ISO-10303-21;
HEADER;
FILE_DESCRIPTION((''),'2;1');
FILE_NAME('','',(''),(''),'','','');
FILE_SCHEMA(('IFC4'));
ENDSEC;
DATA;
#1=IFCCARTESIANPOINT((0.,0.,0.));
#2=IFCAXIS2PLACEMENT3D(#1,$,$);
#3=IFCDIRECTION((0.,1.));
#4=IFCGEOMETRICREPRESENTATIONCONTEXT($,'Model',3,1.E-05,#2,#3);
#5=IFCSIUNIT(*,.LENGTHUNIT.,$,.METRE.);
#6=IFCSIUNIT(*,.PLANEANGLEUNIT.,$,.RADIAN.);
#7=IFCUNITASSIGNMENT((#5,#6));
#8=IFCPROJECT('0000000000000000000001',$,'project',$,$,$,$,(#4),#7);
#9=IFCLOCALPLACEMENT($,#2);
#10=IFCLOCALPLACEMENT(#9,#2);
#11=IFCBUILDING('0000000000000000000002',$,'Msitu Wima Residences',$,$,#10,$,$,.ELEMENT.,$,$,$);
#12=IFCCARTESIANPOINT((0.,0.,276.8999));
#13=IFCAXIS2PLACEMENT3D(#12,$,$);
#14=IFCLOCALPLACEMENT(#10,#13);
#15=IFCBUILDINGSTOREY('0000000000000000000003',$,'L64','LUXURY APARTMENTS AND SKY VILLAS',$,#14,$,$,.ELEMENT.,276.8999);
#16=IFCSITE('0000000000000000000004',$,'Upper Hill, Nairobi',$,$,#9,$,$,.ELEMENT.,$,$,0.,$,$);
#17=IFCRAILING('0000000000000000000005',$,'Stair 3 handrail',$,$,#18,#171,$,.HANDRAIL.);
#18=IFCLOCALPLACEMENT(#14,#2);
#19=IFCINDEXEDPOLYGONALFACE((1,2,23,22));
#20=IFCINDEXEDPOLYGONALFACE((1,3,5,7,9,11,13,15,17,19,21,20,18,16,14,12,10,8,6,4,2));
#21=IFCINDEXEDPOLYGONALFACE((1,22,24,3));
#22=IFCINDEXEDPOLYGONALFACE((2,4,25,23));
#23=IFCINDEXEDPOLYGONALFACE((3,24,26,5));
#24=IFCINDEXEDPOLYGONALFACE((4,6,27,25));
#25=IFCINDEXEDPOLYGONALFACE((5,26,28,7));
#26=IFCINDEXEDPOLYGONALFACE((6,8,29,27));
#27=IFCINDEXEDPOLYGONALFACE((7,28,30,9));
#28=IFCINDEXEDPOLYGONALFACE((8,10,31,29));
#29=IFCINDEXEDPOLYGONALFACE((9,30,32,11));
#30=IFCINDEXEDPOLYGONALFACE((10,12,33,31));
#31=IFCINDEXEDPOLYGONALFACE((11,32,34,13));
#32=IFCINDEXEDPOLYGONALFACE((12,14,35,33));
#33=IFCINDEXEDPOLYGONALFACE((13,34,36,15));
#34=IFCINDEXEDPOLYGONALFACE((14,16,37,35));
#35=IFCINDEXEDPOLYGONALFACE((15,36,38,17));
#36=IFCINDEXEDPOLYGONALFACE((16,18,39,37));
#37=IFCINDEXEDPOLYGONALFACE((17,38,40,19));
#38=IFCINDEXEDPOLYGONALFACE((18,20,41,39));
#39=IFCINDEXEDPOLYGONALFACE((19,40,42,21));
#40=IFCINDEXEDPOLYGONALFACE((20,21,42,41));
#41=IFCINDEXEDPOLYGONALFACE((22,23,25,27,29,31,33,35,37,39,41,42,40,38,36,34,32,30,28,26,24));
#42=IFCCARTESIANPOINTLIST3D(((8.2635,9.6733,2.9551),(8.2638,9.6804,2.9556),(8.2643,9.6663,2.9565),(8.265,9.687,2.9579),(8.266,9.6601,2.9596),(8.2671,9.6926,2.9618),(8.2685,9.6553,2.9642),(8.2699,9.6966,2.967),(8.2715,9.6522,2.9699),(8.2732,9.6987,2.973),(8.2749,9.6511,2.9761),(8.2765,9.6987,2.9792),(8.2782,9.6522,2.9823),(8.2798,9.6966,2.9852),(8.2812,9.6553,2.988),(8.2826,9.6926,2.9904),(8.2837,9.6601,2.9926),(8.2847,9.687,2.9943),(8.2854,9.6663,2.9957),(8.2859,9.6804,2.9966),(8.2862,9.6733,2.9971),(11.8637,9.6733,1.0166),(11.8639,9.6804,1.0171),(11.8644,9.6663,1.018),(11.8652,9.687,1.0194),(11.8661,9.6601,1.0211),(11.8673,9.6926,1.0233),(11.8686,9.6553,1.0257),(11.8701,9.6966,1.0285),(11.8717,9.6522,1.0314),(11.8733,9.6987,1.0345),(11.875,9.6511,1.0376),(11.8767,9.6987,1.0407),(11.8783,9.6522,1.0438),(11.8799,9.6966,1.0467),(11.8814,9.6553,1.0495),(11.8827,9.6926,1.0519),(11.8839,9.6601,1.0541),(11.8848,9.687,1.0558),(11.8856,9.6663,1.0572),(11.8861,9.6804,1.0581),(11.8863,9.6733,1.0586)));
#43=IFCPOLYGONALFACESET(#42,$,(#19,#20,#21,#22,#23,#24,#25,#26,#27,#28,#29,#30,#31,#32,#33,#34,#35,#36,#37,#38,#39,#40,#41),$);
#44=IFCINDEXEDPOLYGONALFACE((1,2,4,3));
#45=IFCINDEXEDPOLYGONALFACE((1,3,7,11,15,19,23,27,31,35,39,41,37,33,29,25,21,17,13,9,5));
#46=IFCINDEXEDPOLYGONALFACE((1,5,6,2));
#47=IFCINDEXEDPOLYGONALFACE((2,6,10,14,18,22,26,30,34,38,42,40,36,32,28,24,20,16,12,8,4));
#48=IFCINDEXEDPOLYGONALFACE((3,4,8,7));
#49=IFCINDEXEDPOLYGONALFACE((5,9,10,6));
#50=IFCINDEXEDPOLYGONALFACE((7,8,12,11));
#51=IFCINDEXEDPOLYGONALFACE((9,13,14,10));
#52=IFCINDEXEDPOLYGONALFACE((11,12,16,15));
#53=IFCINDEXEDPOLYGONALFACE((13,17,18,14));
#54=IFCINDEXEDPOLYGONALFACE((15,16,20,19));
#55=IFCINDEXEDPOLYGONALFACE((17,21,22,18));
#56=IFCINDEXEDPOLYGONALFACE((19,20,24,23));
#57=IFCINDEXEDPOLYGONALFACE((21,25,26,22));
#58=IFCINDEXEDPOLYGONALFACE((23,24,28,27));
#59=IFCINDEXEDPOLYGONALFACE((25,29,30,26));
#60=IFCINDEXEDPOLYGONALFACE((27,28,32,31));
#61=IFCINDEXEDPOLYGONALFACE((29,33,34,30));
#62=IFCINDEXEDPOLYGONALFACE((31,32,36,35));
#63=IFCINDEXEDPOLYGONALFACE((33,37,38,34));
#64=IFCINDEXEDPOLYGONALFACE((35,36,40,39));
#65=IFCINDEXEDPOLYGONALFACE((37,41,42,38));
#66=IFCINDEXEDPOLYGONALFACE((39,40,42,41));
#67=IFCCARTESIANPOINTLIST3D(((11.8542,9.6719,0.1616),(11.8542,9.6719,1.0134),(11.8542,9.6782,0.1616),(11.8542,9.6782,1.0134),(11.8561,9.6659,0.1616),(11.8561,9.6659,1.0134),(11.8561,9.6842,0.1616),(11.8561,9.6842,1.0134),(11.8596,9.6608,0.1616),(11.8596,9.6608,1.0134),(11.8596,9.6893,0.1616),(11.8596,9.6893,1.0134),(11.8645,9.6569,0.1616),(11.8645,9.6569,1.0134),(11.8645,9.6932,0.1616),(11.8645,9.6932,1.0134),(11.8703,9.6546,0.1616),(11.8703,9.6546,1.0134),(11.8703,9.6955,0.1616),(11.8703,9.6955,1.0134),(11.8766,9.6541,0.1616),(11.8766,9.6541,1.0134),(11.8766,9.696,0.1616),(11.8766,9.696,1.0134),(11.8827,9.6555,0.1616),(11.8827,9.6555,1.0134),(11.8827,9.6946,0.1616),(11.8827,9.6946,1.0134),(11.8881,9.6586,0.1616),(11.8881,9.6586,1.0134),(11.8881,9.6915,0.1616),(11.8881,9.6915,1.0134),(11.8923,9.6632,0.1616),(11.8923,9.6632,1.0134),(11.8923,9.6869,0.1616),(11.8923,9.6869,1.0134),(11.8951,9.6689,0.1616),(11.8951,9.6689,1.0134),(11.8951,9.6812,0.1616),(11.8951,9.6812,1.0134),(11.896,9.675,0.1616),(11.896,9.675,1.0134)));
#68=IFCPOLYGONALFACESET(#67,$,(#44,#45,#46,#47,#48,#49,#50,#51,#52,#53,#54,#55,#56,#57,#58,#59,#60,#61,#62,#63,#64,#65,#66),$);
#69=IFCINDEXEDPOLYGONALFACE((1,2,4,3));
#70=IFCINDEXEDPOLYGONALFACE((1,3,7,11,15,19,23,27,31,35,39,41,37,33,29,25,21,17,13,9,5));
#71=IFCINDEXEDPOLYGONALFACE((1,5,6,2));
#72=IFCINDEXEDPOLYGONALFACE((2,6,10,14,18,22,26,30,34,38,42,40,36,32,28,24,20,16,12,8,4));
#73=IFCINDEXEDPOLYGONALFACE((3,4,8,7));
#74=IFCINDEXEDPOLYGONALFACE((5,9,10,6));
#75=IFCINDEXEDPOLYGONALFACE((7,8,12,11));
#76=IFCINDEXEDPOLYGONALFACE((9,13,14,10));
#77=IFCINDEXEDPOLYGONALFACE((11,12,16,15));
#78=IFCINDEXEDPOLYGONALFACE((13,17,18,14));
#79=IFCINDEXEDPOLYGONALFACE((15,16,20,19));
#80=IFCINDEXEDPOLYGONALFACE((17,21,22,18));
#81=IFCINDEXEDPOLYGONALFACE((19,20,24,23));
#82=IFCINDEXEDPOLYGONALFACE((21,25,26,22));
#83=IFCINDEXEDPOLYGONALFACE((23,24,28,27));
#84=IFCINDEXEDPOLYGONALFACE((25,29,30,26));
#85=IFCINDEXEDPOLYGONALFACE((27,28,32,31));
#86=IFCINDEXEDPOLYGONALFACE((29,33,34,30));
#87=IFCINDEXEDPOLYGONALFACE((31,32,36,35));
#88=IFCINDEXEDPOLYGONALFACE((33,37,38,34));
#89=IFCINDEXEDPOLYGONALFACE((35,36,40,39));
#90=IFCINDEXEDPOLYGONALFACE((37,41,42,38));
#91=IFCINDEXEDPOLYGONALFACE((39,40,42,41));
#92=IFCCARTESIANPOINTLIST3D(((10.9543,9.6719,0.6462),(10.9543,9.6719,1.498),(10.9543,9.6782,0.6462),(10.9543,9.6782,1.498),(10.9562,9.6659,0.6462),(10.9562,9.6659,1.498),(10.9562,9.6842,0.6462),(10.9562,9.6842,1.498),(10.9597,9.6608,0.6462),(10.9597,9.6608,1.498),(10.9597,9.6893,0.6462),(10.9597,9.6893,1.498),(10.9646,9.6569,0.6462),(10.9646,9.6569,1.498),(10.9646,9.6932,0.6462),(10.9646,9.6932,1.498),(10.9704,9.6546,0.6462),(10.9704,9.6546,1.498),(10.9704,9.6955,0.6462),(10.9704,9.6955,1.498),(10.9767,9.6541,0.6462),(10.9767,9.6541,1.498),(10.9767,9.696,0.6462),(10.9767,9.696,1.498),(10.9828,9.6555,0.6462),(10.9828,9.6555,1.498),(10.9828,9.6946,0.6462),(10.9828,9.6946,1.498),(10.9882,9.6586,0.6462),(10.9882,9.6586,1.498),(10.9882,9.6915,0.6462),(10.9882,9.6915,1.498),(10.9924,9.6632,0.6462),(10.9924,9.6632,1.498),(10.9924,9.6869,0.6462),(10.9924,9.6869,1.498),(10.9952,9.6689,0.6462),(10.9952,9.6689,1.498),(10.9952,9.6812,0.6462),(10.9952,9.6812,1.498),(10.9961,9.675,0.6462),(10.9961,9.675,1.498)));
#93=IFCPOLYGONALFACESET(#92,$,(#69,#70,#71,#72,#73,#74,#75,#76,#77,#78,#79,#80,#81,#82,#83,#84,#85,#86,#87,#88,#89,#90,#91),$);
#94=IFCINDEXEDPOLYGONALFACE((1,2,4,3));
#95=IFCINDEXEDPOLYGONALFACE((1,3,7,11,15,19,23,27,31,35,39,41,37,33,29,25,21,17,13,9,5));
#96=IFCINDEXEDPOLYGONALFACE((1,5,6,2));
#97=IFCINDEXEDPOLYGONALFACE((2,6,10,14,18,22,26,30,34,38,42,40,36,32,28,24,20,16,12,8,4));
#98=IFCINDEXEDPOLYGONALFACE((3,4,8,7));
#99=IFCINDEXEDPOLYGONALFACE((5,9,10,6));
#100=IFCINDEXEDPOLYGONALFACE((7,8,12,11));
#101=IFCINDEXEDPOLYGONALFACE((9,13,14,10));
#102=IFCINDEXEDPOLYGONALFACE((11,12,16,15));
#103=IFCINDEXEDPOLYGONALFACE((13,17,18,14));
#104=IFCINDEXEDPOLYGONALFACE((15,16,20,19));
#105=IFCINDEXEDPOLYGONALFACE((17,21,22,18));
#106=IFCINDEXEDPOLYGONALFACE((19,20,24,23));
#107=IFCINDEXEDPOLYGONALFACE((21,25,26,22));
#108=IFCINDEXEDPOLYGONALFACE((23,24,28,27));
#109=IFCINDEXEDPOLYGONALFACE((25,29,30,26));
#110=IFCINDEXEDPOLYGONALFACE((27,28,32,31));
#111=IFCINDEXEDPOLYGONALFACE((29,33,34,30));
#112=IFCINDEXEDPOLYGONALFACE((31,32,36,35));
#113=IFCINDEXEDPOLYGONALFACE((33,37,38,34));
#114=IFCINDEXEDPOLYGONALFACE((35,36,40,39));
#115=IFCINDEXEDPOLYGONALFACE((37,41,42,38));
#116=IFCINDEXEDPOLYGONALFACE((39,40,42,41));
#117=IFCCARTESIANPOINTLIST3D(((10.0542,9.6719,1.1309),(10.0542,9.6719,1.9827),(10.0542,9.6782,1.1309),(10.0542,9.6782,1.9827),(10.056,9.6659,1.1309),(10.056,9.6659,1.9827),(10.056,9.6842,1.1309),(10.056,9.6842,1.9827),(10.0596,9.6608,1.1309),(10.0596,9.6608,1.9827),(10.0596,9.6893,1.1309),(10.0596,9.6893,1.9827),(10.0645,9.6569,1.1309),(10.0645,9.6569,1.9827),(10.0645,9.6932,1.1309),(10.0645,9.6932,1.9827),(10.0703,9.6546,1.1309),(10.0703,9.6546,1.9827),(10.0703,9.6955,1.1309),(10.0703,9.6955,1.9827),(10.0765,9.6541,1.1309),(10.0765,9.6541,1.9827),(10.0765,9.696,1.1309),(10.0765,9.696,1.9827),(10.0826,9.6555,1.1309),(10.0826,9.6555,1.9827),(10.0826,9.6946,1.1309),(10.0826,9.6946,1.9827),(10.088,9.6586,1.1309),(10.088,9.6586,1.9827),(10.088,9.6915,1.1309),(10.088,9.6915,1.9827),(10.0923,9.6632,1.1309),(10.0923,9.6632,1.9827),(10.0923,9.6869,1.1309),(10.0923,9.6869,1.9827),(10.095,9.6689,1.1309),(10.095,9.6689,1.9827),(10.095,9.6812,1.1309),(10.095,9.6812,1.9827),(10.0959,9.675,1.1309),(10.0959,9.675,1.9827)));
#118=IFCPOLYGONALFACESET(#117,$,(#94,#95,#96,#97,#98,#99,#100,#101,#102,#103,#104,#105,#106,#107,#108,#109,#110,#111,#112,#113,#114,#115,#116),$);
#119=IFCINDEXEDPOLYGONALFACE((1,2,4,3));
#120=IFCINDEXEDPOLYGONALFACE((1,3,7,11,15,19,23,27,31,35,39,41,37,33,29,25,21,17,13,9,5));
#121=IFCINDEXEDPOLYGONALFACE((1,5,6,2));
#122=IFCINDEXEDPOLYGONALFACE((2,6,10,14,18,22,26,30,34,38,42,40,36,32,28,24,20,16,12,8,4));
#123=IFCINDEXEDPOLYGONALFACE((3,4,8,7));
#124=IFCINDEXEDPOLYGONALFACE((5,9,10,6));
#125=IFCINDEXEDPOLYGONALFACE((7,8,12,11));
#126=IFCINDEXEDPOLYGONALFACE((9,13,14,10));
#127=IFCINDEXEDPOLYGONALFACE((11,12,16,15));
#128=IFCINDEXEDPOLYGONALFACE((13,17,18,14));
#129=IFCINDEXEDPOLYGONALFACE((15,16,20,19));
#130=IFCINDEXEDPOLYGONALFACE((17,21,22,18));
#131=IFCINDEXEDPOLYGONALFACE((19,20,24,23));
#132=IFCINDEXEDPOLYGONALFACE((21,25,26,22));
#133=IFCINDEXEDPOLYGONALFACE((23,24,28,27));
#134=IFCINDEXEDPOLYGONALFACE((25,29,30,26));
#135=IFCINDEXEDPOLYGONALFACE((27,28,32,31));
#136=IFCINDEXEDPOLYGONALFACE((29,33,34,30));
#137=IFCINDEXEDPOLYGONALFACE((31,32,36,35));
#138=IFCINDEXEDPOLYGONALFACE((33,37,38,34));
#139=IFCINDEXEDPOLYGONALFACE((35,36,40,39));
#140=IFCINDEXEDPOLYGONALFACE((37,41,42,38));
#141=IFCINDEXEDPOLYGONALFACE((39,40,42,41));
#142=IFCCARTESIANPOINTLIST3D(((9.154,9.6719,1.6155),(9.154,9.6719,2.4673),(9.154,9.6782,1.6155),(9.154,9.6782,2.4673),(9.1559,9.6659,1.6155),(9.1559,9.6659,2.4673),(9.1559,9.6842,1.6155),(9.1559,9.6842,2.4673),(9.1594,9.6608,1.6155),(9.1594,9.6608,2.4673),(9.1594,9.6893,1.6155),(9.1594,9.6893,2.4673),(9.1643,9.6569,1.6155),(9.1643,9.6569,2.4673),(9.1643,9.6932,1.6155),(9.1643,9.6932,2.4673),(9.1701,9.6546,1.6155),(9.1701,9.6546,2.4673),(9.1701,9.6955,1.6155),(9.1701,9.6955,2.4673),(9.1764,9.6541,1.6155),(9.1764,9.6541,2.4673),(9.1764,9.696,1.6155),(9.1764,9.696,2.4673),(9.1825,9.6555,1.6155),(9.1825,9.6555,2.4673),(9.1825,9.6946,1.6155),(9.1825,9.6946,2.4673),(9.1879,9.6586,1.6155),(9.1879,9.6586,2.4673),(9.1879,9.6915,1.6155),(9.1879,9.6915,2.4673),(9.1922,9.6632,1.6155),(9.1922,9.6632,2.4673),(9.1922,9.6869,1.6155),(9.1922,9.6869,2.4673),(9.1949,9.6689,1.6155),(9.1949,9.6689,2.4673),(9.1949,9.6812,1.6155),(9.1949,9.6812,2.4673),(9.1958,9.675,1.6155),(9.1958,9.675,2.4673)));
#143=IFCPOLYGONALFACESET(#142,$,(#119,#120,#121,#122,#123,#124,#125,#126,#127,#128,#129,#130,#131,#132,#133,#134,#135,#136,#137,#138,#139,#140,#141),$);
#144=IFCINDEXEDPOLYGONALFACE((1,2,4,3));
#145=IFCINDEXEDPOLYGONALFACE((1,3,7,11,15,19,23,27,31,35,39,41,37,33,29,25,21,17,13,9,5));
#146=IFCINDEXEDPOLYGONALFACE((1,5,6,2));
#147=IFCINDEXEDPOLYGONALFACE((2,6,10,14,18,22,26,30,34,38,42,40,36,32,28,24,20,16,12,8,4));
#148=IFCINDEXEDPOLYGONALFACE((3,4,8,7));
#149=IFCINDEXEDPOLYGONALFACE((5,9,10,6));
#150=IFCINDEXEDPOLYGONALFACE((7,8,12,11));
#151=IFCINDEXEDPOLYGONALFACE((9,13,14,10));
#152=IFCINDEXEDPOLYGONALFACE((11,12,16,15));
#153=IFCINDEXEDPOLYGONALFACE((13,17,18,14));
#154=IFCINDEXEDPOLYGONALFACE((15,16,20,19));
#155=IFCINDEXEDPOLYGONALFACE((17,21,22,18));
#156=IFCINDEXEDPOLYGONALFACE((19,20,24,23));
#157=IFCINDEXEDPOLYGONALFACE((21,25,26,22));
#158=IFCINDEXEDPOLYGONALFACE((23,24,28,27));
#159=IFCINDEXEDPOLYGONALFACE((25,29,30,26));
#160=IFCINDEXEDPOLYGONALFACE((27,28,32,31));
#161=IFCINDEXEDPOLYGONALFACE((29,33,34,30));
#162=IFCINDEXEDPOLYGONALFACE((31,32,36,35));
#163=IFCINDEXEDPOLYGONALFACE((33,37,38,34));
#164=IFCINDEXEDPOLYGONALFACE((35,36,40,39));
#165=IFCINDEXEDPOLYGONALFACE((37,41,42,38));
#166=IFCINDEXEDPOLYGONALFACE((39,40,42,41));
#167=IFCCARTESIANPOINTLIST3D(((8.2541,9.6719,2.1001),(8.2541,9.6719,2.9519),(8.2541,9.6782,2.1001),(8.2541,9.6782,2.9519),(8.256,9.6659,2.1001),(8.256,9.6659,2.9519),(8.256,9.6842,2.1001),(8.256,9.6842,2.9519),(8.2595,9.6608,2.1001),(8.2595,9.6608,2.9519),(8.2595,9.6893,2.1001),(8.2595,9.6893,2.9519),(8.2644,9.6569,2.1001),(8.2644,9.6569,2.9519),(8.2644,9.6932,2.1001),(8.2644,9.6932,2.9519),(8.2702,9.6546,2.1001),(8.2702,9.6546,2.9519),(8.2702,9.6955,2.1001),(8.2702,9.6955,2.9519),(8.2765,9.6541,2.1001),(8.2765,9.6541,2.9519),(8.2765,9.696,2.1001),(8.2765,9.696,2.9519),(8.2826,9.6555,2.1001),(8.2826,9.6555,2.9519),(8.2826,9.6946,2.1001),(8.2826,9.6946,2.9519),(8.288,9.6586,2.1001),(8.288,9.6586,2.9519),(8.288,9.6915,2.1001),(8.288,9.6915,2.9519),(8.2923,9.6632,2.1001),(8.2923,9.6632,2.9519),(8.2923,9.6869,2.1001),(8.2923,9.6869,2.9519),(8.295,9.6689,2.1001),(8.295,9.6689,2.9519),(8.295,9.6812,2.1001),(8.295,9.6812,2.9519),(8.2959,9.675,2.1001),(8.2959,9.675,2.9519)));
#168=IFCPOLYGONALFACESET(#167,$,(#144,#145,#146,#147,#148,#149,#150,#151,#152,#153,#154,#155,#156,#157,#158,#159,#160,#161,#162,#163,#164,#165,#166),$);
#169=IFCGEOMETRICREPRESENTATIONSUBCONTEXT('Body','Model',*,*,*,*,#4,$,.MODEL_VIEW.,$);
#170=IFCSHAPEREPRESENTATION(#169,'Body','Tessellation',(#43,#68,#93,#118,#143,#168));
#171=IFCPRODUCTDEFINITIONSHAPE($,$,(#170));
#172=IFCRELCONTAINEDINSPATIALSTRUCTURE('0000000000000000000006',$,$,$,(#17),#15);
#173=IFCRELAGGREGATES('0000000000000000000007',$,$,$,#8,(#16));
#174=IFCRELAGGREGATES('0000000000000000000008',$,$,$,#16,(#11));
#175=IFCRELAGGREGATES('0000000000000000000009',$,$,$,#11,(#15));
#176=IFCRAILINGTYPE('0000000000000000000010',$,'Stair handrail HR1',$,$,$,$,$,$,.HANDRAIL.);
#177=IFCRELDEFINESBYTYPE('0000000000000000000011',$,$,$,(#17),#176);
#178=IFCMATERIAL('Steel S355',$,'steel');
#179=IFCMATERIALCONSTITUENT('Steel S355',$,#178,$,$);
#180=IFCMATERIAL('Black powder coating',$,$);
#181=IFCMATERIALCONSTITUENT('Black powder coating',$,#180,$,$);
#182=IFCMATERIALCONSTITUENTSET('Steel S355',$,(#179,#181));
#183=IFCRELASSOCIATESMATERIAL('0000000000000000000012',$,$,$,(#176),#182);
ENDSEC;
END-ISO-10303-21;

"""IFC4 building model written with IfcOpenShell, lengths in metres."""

from ifc_helpers import new_model, si_unit, direction, frame, origin, origin_2d, place, context, subcontext, project, spatial, circle, extrude, material, constituent, constituent_set, type_object, element, save


model = new_model("IFC4")

# Units and contexts
model_context = context("Model", 3, precision=1e-05, world=origin(), true_north=direction((0.0, 1.0)))
body_context = subcontext(model_context, "Body", "Model", "MODEL_VIEW")
ifc_project = project(units=[si_unit("LENGTHUNIT", "METRE"), si_unit("PLANEANGLEUNIT", "RADIAN")], contexts=[model_context])

# Site, building, storey
site_placement = place(None, origin())
site = spatial("IfcSite", under=ifc_project, at=site_placement, Name="Upper Hill, Nairobi", CompositionType="ELEMENT", RefElevation=0.0)
building_placement = place(site_placement, origin())
building = spatial("IfcBuilding", under=site, at=building_placement, Name="Msitu Wima Residences", CompositionType="ELEMENT")
storey_placement = place(building_placement, frame((0.0, 0.0, 276.8999)))
storey = spatial("IfcBuildingStorey", under=building, at=storey_placement, Name="L64", Description="LUXURY APARTMENTS AND SKY VILLAS", CompositionType="ELEMENT", Elevation=276.8999)

# Railing
ifc_material_1 = material(Name="Steel S355", Category="steel")
ifc_constituent_1 = constituent(ifc_material_1, Name="Steel S355")
ifc_material_2 = material(Name="Black powder coating")
ifc_constituent_2 = constituent(ifc_material_2, Name="Black powder coating")
ifc_constituent_set = constituent_set(constituents=[ifc_constituent_1, ifc_constituent_2], Name="Steel S355")
railing_type = type_object("IfcRailingType", Name="Stair handrail HR1", PredefinedType="HANDRAIL", material=ifc_constituent_set)
for number, where, name in (
    (1, (11.875, 9.675, 0.1616), "Stair 3 handrail"),
):
    element("IfcRailing", number, at=place(storey_placement, frame(where)), inside=storey, type_object=railing_type, Name=name, PredefinedType="HANDRAIL", context=body_context, shape_type="SweptSolid", body=[
        extrude(circle(Radius=0.0239, at=origin_2d()), frame((0.0, 0.0, 0.876), z_axis=(-0.880475, 0.0, 0.474093), x_axis=(0.0, -1.0, 0.0)), (0.0, 0.0, 1.0), 4.0889),
        extrude(circle(Radius=0.021, at=origin_2d()), origin(), (0.0, 0.0, 1.0), 0.8518),
        extrude(circle(Radius=0.021, at=origin_2d()), frame((-0.8999, 0.0, 0.4846)), (0.0, 0.0, 1.0), 0.8518),
        extrude(circle(Radius=0.021, at=origin_2d()), frame((-1.8, 0.0, 0.9692)), (0.0, 0.0, 1.0), 0.8518),
        extrude(circle(Radius=0.021, at=origin_2d()), frame((-2.7002, 0.0, 1.4539)), (0.0, 0.0, 1.0), 0.8518),
        extrude(circle(Radius=0.021, at=origin_2d()), frame((-3.6001, 0.0, 1.9385)), (0.0, 0.0, 1.0), 0.8518),
    ])

save(model, "model.ifc")
